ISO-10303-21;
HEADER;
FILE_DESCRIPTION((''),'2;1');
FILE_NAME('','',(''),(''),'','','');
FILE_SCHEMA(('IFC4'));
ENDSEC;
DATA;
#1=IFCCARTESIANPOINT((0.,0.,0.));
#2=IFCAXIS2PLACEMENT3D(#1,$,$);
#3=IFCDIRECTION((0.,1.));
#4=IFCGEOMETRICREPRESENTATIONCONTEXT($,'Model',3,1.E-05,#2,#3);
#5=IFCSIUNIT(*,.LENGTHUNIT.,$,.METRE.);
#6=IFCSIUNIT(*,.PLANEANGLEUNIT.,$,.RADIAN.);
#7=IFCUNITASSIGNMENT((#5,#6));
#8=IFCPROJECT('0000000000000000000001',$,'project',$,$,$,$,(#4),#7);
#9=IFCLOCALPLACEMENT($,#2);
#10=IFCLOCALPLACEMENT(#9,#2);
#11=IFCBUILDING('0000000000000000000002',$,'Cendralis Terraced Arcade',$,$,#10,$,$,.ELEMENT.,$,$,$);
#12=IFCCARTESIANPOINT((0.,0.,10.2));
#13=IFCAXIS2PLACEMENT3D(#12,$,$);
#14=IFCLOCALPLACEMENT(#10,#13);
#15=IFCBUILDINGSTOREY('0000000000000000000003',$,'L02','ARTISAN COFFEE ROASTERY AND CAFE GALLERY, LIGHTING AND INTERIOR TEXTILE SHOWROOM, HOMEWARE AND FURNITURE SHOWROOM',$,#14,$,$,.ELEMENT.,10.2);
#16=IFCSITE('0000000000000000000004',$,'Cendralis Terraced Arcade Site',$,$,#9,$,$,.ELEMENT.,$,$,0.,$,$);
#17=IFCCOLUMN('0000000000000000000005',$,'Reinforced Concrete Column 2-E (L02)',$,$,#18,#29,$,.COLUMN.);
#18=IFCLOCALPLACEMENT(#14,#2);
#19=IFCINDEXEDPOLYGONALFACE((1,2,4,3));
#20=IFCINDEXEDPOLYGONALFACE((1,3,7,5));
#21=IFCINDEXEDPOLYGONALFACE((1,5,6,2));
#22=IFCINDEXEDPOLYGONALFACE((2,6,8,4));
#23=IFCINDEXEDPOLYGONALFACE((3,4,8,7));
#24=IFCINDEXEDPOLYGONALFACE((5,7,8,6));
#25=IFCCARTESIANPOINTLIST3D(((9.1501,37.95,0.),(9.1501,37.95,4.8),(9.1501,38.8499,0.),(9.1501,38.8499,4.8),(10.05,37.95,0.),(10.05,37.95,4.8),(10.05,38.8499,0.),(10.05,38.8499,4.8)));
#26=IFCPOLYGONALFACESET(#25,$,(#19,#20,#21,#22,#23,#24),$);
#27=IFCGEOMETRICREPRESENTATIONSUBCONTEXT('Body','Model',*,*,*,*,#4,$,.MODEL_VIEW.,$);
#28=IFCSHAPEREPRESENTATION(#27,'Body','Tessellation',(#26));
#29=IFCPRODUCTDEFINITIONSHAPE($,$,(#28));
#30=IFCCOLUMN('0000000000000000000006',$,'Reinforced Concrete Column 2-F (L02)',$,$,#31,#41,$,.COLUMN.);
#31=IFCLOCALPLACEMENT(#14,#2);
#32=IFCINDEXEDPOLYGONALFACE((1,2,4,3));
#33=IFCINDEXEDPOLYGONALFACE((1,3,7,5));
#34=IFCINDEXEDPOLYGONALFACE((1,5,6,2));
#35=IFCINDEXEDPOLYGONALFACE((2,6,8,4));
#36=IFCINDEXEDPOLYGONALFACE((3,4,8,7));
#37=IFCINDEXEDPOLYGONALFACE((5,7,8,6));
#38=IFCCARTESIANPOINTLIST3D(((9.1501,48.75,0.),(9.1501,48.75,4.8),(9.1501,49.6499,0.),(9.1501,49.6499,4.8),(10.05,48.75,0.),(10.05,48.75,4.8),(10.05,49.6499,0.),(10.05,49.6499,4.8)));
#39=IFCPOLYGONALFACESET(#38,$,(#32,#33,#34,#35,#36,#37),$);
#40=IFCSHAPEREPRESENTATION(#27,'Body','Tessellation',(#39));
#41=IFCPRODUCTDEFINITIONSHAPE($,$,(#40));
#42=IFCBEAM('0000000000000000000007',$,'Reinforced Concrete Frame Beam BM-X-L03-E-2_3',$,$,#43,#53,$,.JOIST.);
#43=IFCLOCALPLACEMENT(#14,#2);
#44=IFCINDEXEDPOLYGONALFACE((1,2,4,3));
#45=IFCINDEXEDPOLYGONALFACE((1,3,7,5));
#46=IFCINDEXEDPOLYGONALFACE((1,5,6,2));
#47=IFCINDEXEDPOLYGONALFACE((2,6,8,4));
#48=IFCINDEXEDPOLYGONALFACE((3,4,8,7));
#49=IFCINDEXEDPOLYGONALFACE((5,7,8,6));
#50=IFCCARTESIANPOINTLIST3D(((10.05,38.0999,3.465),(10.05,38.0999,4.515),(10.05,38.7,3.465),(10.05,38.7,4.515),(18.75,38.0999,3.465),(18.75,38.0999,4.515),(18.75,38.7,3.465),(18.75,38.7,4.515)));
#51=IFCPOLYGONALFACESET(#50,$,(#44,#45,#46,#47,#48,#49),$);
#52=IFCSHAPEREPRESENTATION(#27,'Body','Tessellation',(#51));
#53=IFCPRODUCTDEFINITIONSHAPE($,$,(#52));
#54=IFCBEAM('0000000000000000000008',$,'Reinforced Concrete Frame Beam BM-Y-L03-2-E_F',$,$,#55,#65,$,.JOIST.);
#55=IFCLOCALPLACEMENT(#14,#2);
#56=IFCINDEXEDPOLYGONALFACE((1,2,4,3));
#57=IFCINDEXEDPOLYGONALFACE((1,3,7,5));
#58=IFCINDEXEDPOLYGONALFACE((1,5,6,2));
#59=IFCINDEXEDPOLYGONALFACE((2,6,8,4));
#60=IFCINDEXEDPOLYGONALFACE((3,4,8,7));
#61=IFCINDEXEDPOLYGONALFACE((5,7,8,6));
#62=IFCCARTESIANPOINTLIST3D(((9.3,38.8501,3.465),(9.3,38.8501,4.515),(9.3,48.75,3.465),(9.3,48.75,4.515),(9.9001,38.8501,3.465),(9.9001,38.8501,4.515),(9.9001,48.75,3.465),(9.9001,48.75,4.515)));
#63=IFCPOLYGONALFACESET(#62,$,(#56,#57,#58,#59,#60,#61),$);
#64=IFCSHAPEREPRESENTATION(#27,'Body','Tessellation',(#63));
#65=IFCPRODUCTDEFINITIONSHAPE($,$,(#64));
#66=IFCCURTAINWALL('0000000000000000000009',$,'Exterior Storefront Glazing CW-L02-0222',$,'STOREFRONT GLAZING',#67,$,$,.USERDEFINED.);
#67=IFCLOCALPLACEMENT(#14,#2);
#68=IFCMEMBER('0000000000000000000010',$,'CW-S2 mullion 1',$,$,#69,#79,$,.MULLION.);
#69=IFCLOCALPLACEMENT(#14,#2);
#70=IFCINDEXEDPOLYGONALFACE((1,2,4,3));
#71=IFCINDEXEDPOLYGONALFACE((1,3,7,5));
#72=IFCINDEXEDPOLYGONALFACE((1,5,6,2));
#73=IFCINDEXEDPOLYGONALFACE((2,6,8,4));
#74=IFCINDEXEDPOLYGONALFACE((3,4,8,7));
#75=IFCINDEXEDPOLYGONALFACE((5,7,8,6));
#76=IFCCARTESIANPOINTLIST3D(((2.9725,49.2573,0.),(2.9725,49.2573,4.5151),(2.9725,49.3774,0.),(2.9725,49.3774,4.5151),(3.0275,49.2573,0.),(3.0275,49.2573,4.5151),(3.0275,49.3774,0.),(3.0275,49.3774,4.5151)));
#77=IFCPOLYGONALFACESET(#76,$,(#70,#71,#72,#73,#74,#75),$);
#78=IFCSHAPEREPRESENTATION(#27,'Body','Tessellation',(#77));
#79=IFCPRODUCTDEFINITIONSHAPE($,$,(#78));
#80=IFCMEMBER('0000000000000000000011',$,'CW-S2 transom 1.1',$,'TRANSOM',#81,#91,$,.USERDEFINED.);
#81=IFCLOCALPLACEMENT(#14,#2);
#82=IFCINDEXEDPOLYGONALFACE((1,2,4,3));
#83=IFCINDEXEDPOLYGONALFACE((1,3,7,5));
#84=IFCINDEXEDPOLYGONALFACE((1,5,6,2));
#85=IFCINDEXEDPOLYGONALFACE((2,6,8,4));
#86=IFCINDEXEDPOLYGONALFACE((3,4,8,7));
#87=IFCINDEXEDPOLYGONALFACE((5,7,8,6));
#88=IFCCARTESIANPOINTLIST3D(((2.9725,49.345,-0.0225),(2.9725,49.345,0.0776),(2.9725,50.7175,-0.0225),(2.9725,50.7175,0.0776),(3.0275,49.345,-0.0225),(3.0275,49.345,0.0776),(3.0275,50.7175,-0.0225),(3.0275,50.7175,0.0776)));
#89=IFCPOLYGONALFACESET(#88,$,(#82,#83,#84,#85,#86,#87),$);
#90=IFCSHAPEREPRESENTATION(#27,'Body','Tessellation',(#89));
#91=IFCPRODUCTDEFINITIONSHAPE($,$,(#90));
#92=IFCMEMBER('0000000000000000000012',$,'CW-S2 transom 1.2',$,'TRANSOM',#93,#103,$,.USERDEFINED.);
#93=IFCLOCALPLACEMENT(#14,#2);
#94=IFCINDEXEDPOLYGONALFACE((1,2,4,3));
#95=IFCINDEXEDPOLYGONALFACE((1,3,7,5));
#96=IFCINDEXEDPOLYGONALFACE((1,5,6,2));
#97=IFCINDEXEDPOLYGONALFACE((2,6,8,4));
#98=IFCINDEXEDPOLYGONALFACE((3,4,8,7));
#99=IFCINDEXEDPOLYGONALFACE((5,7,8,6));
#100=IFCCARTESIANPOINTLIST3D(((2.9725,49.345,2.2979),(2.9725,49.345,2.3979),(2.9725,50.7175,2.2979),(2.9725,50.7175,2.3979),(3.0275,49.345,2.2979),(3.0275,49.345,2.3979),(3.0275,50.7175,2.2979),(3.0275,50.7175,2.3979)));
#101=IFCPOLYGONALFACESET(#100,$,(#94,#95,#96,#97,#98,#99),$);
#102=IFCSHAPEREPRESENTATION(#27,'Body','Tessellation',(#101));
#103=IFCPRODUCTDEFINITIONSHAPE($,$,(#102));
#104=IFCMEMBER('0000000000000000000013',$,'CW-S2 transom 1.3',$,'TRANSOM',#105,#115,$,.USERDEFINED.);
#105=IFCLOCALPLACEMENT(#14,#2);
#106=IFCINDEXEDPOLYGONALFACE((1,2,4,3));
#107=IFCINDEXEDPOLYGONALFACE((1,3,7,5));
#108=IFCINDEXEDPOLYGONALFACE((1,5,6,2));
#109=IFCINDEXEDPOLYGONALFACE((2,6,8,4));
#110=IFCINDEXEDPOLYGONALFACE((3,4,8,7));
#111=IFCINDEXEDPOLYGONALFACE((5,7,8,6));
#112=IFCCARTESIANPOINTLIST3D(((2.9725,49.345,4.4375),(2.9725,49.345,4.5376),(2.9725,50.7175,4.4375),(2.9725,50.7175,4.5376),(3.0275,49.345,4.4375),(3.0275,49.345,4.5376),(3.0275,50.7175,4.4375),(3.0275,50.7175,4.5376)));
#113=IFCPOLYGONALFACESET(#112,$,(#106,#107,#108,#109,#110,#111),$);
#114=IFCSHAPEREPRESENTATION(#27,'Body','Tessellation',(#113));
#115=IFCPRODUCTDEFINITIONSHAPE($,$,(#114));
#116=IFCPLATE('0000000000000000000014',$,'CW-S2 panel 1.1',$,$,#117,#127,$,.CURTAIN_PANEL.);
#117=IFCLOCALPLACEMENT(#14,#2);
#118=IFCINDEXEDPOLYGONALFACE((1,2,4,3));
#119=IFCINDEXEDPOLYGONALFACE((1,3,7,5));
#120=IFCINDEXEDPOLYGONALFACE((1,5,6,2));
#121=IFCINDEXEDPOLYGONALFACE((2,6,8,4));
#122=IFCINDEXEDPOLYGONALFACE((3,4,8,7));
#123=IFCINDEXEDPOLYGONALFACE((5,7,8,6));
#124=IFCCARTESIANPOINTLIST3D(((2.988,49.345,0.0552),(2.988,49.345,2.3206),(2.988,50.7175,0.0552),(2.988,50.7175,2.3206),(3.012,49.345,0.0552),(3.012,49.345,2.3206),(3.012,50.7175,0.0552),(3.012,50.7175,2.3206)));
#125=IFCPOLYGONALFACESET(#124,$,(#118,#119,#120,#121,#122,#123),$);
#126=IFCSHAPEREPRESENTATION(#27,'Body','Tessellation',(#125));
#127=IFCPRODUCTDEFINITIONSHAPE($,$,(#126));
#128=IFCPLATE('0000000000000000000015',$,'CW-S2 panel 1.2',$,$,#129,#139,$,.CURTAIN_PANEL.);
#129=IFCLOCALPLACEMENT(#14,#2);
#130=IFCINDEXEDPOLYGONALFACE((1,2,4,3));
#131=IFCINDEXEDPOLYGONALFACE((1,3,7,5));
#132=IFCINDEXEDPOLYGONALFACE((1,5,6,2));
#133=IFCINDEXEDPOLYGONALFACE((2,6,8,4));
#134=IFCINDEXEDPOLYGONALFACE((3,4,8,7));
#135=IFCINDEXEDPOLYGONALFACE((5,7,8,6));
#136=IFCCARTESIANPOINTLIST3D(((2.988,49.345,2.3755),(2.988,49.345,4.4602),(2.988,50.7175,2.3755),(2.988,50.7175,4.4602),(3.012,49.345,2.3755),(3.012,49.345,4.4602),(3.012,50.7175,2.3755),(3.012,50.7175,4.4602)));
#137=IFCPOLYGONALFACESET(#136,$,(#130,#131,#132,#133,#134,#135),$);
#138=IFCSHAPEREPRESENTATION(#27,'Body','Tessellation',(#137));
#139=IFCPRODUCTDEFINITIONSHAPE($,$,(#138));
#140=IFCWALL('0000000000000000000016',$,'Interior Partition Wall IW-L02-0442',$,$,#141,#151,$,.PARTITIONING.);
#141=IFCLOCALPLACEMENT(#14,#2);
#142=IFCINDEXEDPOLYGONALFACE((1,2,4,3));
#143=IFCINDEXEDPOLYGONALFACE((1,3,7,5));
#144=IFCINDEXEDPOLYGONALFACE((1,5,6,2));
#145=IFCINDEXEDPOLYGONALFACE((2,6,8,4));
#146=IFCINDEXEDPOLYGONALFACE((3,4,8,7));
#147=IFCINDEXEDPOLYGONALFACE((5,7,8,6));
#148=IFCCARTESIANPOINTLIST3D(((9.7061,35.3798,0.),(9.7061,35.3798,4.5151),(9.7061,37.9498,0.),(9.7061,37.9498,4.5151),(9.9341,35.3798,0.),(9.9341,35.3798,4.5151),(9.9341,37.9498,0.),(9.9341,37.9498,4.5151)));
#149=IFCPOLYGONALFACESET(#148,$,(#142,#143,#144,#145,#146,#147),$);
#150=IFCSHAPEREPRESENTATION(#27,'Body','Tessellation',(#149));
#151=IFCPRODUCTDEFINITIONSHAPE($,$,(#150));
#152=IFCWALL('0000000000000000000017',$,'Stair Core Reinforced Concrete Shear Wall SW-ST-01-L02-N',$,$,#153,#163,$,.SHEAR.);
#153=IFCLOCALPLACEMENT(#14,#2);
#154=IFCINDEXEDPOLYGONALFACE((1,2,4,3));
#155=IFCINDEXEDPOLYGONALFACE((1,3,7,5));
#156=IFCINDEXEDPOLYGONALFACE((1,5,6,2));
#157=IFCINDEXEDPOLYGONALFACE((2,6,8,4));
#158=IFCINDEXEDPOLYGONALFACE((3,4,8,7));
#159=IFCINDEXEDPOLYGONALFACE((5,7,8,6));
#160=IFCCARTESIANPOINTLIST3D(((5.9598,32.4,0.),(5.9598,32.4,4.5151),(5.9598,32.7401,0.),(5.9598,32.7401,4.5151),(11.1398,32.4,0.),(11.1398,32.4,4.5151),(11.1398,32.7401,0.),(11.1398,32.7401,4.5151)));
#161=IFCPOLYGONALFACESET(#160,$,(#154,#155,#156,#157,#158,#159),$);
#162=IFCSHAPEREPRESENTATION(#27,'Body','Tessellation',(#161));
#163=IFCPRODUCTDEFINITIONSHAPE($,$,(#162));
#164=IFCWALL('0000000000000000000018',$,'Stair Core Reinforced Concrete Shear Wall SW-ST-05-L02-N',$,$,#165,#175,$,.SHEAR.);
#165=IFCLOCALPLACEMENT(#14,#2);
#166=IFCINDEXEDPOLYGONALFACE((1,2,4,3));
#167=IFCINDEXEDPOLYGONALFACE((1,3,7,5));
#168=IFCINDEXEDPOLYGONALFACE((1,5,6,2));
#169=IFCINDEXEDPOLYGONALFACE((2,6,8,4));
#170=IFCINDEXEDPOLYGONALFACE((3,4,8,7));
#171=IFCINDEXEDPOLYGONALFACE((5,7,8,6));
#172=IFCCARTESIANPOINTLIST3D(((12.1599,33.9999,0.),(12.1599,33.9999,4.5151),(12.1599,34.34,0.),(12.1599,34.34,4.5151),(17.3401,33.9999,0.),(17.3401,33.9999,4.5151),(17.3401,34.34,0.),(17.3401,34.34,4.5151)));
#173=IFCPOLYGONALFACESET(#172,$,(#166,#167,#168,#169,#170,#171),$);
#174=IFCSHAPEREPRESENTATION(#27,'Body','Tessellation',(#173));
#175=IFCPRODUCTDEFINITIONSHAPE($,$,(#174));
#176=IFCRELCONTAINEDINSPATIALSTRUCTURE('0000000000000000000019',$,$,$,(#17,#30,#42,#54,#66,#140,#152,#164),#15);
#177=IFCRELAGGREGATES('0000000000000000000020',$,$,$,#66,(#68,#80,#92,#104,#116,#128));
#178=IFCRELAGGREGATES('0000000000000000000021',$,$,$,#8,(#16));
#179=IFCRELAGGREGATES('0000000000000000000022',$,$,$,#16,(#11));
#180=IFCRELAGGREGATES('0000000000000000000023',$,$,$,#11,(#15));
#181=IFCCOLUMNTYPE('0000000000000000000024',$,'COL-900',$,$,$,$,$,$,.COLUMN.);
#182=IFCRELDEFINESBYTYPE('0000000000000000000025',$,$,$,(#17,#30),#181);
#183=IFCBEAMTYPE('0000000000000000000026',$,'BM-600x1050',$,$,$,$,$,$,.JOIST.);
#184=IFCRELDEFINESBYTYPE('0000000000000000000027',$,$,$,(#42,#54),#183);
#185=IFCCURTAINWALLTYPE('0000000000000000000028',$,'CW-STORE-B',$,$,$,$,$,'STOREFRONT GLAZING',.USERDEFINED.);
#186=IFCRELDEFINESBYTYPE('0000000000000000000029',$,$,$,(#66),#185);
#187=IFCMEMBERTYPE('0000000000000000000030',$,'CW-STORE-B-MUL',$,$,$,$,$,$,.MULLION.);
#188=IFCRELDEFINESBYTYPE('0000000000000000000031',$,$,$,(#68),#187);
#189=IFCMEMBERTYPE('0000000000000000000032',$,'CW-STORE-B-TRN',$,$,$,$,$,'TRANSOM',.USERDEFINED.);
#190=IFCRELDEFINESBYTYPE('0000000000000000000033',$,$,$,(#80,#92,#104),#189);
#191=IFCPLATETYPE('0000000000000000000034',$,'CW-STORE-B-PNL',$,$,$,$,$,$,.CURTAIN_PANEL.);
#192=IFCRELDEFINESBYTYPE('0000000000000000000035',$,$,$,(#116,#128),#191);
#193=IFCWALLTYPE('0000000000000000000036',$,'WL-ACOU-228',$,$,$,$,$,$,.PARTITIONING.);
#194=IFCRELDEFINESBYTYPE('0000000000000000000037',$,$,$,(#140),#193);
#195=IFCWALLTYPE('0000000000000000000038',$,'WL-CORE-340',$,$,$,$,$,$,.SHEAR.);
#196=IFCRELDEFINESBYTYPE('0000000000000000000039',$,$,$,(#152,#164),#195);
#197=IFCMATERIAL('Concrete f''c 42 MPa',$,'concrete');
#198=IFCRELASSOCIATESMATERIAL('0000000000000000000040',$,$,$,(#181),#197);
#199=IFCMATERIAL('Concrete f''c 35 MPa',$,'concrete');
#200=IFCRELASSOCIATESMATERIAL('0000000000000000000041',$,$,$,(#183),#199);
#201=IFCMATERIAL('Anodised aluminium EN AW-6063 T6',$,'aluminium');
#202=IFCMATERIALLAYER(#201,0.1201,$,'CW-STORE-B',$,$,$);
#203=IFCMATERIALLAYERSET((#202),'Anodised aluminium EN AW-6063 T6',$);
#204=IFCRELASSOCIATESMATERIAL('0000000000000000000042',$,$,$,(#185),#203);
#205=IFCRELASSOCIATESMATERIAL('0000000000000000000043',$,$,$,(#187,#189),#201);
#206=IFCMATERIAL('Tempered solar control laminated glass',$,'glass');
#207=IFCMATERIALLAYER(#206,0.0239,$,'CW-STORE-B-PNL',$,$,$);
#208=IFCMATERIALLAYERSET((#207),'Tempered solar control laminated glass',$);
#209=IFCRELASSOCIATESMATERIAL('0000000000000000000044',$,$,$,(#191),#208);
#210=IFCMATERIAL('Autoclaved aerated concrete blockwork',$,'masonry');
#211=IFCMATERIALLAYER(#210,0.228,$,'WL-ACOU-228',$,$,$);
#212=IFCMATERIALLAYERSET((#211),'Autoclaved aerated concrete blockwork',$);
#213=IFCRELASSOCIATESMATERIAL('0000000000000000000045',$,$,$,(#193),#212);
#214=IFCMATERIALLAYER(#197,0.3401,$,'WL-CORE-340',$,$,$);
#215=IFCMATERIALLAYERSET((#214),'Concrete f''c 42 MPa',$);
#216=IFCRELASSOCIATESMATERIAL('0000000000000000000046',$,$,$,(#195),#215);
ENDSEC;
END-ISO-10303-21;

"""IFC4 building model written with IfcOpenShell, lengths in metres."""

from ifc_helpers import new_model, si_unit, direction, frame, frame_2d, origin, origin_2d, place, context, subcontext, project, spatial, rectangle, extrude, material, layer, layer_set, material_profile, profile_set, type_object, element, aggregate, save


model = new_model("IFC4")

# Units and contexts
model_context = context("Model", 3, precision=1e-05, world=origin(), true_north=direction((0.0, 1.0)))
body_context = subcontext(model_context, "Body", "Model", "MODEL_VIEW")
ifc_project = project(units=[si_unit("LENGTHUNIT", "METRE"), si_unit("PLANEANGLEUNIT", "RADIAN")], contexts=[model_context])

# Site, building, storey
site_placement = place(None, origin())
site = spatial("IfcSite", under=ifc_project, at=site_placement, Name="Cendralis Terraced Arcade Site", CompositionType="ELEMENT", RefElevation=0.0)
building_placement = place(site_placement, origin())
building = spatial("IfcBuilding", under=site, at=building_placement, Name="Cendralis Terraced Arcade", CompositionType="ELEMENT")
storey_placement = place(building_placement, frame((0.0, 0.0, 10.2)))
storey = spatial("IfcBuildingStorey", under=building, at=storey_placement, Name="L02", Description="ARTISAN COFFEE ROASTERY AND CAFE GALLERY, LIGHTING AND INTERIOR TEXTILE SHOWROOM, HOMEWARE AND FURNITURE SHOWROOM", CompositionType="ELEMENT", Elevation=10.2)

# Columns
ifc_material_1 = material(Name="Concrete f'c 42 MPa", Category="concrete")
ifc_material_profile_1 = material_profile(ifc_material_1, rectangle(XDim=0.8999, YDim=0.8999, at=origin_2d()), Name="RC-COL-900x900", Category="LoadBearing")
ifc_profile_set_1 = profile_set([ifc_material_profile_1], Name="Concrete f'c 42 MPa")
column_type = type_object("IfcColumnType", Name="COL-900", PredefinedType="COLUMN", material=ifc_profile_set_1)
for number, where, z_axis, x_axis, name in (
    (1, (9.6001, 38.3999, 0.0), (0.0, 0.0, 1.0), (1.0, 0.0, 0.0), "Reinforced Concrete Column 2-E (L02)"),
    (2, (9.6001, 49.2, 0.0), (0.0, 0.0, 1.0), (1.0, 0.0, 0.0), "Reinforced Concrete Column 2-F (L02)"),
):
    element("IfcColumn", number, at=place(storey_placement, frame(where, z_axis=z_axis, x_axis=x_axis)), inside=storey, type_object=column_type, Name=name, PredefinedType="COLUMN", context=body_context, shape_type="SweptSolid", body=[
        extrude(rectangle(XDim=0.8999, YDim=0.8999, at=origin_2d()), origin(), (0.0, 0.0, 1.0), 4.8),
    ])

# Beams
ifc_material_2 = material(Name="Concrete f'c 35 MPa", Category="concrete")
ifc_material_profile_2 = material_profile(ifc_material_2, rectangle(XDim=0.6001, YDim=1.05, at=origin_2d()), Name="RC-BM-600x1050", Category="LoadBearing")
ifc_profile_set_2 = profile_set([ifc_material_profile_2], Name="Concrete f'c 35 MPa")
beam_type = type_object("IfcBeamType", Name="BM-600x1050", PredefinedType="JOIST", material=ifc_profile_set_2)
beam_1_placement = place(storey_placement, frame((10.05, 38.3999, 3.99), z_axis=(1.0, 0.0, 0.0), x_axis=(0.0, 1.0, 0.0)))
element("IfcBeam", 3, at=beam_1_placement, inside=storey, type_object=beam_type, Name="Reinforced Concrete Frame Beam BM-X-L03-E-2_3", PredefinedType="JOIST", context=body_context, shape_type="SweptSolid", body=[
    extrude(rectangle(XDim=0.6001, YDim=1.05, at=origin_2d()), origin(), (0.0, 0.0, 1.0), 8.7),
])
beam_2_placement = place(storey_placement, frame((9.6001, 38.8501, 3.99), z_axis=(0.0, 1.0, 0.0), x_axis=(-1.0, 0.0, 0.0)))
element("IfcBeam", 4, at=beam_2_placement, inside=storey, type_object=beam_type, Name="Reinforced Concrete Frame Beam BM-Y-L03-2-E_F", PredefinedType="JOIST", context=body_context, shape_type="SweptSolid", body=[
    extrude(rectangle(XDim=0.6001, YDim=1.05, at=origin_2d()), origin(), (0.0, 0.0, 1.0), 9.8999),
])

# Curtain wall, members, plates
ifc_material_3 = material(Name="Anodised aluminium EN AW-6063 T6", Category="aluminium")
ifc_layer_1 = layer(ifc_material_3, 0.1201, Name="CW-STORE-B")
ifc_layer_set_1 = layer_set([ifc_layer_1], Name="Anodised aluminium EN AW-6063 T6")
curtain_wall_type = type_object("IfcCurtainWallType", Name="CW-STORE-B", ElementType="STOREFRONT GLAZING", PredefinedType="USERDEFINED", material=ifc_layer_set_1)
curtain_wall_placement = place(storey_placement, origin())
curtain_wall = element("IfcCurtainWall", 5, at=curtain_wall_placement, inside=storey, type_object=curtain_wall_type, Name="Exterior Storefront Glazing CW-L02-0222", ObjectType="STOREFRONT GLAZING", PredefinedType="USERDEFINED")
ifc_material_profile_3 = material_profile(ifc_material_3, rectangle(XDim=0.0549, YDim=0.1201, at=origin_2d()), Name="ALU-MUL-55x120")
ifc_profile_set_3 = profile_set([ifc_material_profile_3], Name="Anodised aluminium EN AW-6063 T6")
member_type_1 = type_object("IfcMemberType", Name="CW-STORE-B-MUL", PredefinedType="MULLION", material=ifc_profile_set_3)
member_1_placement = place(storey_placement, frame((3.0, 49.3174, 0.0), z_axis=(0.0, 0.0, 1.0), x_axis=(-1.0, 0.0, 0.0)))
member_1 = element("IfcMember", 6, at=member_1_placement, type_object=member_type_1, Name="CW-S2 mullion 1", PredefinedType="MULLION", context=body_context, shape_type="SweptSolid", body=[
    extrude(rectangle(XDim=0.0549, YDim=0.1201, at=origin_2d()), origin(), (0.0, 0.0, 1.0), 4.5151),
])
ifc_material_profile_4 = material_profile(ifc_material_3, rectangle(XDim=0.0549, YDim=0.1001, at=origin_2d()), Name="ALU-TRN-55x100")
ifc_profile_set_4 = profile_set([ifc_material_profile_4], Name="Anodised aluminium EN AW-6063 T6")
member_type_2 = type_object("IfcMemberType", Name="CW-STORE-B-TRN", ElementType="TRANSOM", PredefinedType="USERDEFINED", material=ifc_profile_set_4)
member_2_placement = place(storey_placement, frame((3.0, 49.345, 0.0276), z_axis=(0.0, 1.0, 0.0), x_axis=(-1.0, 0.0, 0.0)))
member_2 = element("IfcMember", 7, at=member_2_placement, type_object=member_type_2, Name="CW-S2 transom 1.1", ObjectType="TRANSOM", PredefinedType="USERDEFINED", context=body_context, shape_type="SweptSolid", body=[
    extrude(rectangle(XDim=0.0549, YDim=0.1001, at=origin_2d()), origin(), (0.0, 0.0, 1.0), 1.3726),
])
member_3_placement = place(storey_placement, frame((3.0, 49.345, 2.3479), z_axis=(0.0, 1.0, 0.0), x_axis=(-1.0, 0.0, 0.0)))
member_3 = element("IfcMember", 8, at=member_3_placement, type_object=member_type_2, Name="CW-S2 transom 1.2", ObjectType="TRANSOM", PredefinedType="USERDEFINED", context=body_context, shape_type="SweptSolid", body=[
    extrude(rectangle(XDim=0.0549, YDim=0.1001, at=origin_2d()), origin(), (0.0, 0.0, 1.0), 1.3726),
])
member_4_placement = place(storey_placement, frame((3.0, 49.345, 4.4875), z_axis=(0.0, 1.0, 0.0), x_axis=(-1.0, 0.0, 0.0)))
member_4 = element("IfcMember", 9, at=member_4_placement, type_object=member_type_2, Name="CW-S2 transom 1.3", ObjectType="TRANSOM", PredefinedType="USERDEFINED", context=body_context, shape_type="SweptSolid", body=[
    extrude(rectangle(XDim=0.0549, YDim=0.1001, at=origin_2d()), origin(), (0.0, 0.0, 1.0), 1.3726),
])
ifc_material_4 = material(Name="Tempered solar control laminated glass", Category="glass")
ifc_layer_2 = layer(ifc_material_4, 0.0239, Name="CW-STORE-B-PNL")
ifc_layer_set_2 = layer_set([ifc_layer_2], Name="Tempered solar control laminated glass")
plate_type = type_object("IfcPlateType", Name="CW-STORE-B-PNL", PredefinedType="CURTAIN_PANEL", material=ifc_layer_set_2)
plate_1_placement = place(storey_placement, frame((3.0, 50.0312, 0.0552), z_axis=(0.0, 0.0, 1.0), x_axis=(0.0, 1.0, 0.0)))
plate_1 = element("IfcPlate", 10, at=plate_1_placement, type_object=plate_type, Name="CW-S2 panel 1.1", PredefinedType="CURTAIN_PANEL", context=body_context, shape_type="SweptSolid", body=[
    extrude(rectangle(XDim=1.3726, YDim=0.0239, at=origin_2d()), origin(), (0.0, 0.0, 1.0), 2.2654),
])
plate_2_placement = place(storey_placement, frame((3.0, 50.0312, 2.3755), z_axis=(0.0, 0.0, 1.0), x_axis=(0.0, 1.0, 0.0)))
plate_2 = element("IfcPlate", 11, at=plate_2_placement, type_object=plate_type, Name="CW-S2 panel 1.2", PredefinedType="CURTAIN_PANEL", context=body_context, shape_type="SweptSolid", body=[
    extrude(rectangle(XDim=1.3726, YDim=0.0239, at=origin_2d()), origin(), (0.0, 0.0, 1.0), 2.0847),
])
aggregate(curtain_wall, [member_1, member_2, member_3, member_4, plate_1, plate_2])

# Walls
ifc_material_5 = material(Name="Autoclaved aerated concrete blockwork", Category="masonry")
ifc_layer_3 = layer(ifc_material_5, 0.228, Name="WL-ACOU-228")
ifc_layer_set_3 = layer_set([ifc_layer_3], Name="Autoclaved aerated concrete blockwork")
wall_type_1 = type_object("IfcWallType", Name="WL-ACOU-228", PredefinedType="PARTITIONING", material=ifc_layer_set_3)
wall_1_placement = place(storey_placement, frame((9.8201, 37.95, 0.0), z_axis=(0.0, 0.0, 1.0), x_axis=(0.0, -1.0, 0.0)))
element("IfcWall", 12, at=wall_1_placement, inside=storey, type_object=wall_type_1, Name="Interior Partition Wall IW-L02-0442", PredefinedType="PARTITIONING", context=body_context, shape_type="SweptSolid", body=[
    extrude(rectangle(XDim=2.5701, YDim=0.228, at=frame_2d((1.2852, 0.0))), origin(), (0.0, 0.0, 1.0), 4.5151),
])
ifc_layer_4 = layer(ifc_material_1, 0.3401, Name="WL-CORE-340")
ifc_layer_set_4 = layer_set([ifc_layer_4], Name="Concrete f'c 42 MPa")
wall_type_2 = type_object("IfcWallType", Name="WL-CORE-340", PredefinedType="SHEAR", material=ifc_layer_set_4)
wall_2_placement = place(storey_placement, frame((5.96, 32.5701, 0.0), z_axis=(0.0, 0.0, 1.0), x_axis=(1.0, 0.0, 0.0)))
element("IfcWall", 13, at=wall_2_placement, inside=storey, type_object=wall_type_2, Name="Stair Core Reinforced Concrete Shear Wall SW-ST-01-L02-N", PredefinedType="SHEAR", context=body_context, shape_type="SweptSolid", body=[
    extrude(rectangle(XDim=5.1799, YDim=0.3401, at=frame_2d((2.5898, 0.0))), origin(), (0.0, 0.0, 1.0), 4.5151),
])
wall_3_placement = place(storey_placement, frame((12.1599, 34.1699, 0.0), z_axis=(0.0, 0.0, 1.0), x_axis=(1.0, 0.0, 0.0)))
element("IfcWall", 14, at=wall_3_placement, inside=storey, type_object=wall_type_2, Name="Stair Core Reinforced Concrete Shear Wall SW-ST-05-L02-N", PredefinedType="SHEAR", context=body_context, shape_type="SweptSolid", body=[
    extrude(rectangle(XDim=5.1802, YDim=0.3401, at=frame_2d((2.5901, 0.0))), origin(), (0.0, 0.0, 1.0), 4.5151),
])

save(model, "model.ifc")
